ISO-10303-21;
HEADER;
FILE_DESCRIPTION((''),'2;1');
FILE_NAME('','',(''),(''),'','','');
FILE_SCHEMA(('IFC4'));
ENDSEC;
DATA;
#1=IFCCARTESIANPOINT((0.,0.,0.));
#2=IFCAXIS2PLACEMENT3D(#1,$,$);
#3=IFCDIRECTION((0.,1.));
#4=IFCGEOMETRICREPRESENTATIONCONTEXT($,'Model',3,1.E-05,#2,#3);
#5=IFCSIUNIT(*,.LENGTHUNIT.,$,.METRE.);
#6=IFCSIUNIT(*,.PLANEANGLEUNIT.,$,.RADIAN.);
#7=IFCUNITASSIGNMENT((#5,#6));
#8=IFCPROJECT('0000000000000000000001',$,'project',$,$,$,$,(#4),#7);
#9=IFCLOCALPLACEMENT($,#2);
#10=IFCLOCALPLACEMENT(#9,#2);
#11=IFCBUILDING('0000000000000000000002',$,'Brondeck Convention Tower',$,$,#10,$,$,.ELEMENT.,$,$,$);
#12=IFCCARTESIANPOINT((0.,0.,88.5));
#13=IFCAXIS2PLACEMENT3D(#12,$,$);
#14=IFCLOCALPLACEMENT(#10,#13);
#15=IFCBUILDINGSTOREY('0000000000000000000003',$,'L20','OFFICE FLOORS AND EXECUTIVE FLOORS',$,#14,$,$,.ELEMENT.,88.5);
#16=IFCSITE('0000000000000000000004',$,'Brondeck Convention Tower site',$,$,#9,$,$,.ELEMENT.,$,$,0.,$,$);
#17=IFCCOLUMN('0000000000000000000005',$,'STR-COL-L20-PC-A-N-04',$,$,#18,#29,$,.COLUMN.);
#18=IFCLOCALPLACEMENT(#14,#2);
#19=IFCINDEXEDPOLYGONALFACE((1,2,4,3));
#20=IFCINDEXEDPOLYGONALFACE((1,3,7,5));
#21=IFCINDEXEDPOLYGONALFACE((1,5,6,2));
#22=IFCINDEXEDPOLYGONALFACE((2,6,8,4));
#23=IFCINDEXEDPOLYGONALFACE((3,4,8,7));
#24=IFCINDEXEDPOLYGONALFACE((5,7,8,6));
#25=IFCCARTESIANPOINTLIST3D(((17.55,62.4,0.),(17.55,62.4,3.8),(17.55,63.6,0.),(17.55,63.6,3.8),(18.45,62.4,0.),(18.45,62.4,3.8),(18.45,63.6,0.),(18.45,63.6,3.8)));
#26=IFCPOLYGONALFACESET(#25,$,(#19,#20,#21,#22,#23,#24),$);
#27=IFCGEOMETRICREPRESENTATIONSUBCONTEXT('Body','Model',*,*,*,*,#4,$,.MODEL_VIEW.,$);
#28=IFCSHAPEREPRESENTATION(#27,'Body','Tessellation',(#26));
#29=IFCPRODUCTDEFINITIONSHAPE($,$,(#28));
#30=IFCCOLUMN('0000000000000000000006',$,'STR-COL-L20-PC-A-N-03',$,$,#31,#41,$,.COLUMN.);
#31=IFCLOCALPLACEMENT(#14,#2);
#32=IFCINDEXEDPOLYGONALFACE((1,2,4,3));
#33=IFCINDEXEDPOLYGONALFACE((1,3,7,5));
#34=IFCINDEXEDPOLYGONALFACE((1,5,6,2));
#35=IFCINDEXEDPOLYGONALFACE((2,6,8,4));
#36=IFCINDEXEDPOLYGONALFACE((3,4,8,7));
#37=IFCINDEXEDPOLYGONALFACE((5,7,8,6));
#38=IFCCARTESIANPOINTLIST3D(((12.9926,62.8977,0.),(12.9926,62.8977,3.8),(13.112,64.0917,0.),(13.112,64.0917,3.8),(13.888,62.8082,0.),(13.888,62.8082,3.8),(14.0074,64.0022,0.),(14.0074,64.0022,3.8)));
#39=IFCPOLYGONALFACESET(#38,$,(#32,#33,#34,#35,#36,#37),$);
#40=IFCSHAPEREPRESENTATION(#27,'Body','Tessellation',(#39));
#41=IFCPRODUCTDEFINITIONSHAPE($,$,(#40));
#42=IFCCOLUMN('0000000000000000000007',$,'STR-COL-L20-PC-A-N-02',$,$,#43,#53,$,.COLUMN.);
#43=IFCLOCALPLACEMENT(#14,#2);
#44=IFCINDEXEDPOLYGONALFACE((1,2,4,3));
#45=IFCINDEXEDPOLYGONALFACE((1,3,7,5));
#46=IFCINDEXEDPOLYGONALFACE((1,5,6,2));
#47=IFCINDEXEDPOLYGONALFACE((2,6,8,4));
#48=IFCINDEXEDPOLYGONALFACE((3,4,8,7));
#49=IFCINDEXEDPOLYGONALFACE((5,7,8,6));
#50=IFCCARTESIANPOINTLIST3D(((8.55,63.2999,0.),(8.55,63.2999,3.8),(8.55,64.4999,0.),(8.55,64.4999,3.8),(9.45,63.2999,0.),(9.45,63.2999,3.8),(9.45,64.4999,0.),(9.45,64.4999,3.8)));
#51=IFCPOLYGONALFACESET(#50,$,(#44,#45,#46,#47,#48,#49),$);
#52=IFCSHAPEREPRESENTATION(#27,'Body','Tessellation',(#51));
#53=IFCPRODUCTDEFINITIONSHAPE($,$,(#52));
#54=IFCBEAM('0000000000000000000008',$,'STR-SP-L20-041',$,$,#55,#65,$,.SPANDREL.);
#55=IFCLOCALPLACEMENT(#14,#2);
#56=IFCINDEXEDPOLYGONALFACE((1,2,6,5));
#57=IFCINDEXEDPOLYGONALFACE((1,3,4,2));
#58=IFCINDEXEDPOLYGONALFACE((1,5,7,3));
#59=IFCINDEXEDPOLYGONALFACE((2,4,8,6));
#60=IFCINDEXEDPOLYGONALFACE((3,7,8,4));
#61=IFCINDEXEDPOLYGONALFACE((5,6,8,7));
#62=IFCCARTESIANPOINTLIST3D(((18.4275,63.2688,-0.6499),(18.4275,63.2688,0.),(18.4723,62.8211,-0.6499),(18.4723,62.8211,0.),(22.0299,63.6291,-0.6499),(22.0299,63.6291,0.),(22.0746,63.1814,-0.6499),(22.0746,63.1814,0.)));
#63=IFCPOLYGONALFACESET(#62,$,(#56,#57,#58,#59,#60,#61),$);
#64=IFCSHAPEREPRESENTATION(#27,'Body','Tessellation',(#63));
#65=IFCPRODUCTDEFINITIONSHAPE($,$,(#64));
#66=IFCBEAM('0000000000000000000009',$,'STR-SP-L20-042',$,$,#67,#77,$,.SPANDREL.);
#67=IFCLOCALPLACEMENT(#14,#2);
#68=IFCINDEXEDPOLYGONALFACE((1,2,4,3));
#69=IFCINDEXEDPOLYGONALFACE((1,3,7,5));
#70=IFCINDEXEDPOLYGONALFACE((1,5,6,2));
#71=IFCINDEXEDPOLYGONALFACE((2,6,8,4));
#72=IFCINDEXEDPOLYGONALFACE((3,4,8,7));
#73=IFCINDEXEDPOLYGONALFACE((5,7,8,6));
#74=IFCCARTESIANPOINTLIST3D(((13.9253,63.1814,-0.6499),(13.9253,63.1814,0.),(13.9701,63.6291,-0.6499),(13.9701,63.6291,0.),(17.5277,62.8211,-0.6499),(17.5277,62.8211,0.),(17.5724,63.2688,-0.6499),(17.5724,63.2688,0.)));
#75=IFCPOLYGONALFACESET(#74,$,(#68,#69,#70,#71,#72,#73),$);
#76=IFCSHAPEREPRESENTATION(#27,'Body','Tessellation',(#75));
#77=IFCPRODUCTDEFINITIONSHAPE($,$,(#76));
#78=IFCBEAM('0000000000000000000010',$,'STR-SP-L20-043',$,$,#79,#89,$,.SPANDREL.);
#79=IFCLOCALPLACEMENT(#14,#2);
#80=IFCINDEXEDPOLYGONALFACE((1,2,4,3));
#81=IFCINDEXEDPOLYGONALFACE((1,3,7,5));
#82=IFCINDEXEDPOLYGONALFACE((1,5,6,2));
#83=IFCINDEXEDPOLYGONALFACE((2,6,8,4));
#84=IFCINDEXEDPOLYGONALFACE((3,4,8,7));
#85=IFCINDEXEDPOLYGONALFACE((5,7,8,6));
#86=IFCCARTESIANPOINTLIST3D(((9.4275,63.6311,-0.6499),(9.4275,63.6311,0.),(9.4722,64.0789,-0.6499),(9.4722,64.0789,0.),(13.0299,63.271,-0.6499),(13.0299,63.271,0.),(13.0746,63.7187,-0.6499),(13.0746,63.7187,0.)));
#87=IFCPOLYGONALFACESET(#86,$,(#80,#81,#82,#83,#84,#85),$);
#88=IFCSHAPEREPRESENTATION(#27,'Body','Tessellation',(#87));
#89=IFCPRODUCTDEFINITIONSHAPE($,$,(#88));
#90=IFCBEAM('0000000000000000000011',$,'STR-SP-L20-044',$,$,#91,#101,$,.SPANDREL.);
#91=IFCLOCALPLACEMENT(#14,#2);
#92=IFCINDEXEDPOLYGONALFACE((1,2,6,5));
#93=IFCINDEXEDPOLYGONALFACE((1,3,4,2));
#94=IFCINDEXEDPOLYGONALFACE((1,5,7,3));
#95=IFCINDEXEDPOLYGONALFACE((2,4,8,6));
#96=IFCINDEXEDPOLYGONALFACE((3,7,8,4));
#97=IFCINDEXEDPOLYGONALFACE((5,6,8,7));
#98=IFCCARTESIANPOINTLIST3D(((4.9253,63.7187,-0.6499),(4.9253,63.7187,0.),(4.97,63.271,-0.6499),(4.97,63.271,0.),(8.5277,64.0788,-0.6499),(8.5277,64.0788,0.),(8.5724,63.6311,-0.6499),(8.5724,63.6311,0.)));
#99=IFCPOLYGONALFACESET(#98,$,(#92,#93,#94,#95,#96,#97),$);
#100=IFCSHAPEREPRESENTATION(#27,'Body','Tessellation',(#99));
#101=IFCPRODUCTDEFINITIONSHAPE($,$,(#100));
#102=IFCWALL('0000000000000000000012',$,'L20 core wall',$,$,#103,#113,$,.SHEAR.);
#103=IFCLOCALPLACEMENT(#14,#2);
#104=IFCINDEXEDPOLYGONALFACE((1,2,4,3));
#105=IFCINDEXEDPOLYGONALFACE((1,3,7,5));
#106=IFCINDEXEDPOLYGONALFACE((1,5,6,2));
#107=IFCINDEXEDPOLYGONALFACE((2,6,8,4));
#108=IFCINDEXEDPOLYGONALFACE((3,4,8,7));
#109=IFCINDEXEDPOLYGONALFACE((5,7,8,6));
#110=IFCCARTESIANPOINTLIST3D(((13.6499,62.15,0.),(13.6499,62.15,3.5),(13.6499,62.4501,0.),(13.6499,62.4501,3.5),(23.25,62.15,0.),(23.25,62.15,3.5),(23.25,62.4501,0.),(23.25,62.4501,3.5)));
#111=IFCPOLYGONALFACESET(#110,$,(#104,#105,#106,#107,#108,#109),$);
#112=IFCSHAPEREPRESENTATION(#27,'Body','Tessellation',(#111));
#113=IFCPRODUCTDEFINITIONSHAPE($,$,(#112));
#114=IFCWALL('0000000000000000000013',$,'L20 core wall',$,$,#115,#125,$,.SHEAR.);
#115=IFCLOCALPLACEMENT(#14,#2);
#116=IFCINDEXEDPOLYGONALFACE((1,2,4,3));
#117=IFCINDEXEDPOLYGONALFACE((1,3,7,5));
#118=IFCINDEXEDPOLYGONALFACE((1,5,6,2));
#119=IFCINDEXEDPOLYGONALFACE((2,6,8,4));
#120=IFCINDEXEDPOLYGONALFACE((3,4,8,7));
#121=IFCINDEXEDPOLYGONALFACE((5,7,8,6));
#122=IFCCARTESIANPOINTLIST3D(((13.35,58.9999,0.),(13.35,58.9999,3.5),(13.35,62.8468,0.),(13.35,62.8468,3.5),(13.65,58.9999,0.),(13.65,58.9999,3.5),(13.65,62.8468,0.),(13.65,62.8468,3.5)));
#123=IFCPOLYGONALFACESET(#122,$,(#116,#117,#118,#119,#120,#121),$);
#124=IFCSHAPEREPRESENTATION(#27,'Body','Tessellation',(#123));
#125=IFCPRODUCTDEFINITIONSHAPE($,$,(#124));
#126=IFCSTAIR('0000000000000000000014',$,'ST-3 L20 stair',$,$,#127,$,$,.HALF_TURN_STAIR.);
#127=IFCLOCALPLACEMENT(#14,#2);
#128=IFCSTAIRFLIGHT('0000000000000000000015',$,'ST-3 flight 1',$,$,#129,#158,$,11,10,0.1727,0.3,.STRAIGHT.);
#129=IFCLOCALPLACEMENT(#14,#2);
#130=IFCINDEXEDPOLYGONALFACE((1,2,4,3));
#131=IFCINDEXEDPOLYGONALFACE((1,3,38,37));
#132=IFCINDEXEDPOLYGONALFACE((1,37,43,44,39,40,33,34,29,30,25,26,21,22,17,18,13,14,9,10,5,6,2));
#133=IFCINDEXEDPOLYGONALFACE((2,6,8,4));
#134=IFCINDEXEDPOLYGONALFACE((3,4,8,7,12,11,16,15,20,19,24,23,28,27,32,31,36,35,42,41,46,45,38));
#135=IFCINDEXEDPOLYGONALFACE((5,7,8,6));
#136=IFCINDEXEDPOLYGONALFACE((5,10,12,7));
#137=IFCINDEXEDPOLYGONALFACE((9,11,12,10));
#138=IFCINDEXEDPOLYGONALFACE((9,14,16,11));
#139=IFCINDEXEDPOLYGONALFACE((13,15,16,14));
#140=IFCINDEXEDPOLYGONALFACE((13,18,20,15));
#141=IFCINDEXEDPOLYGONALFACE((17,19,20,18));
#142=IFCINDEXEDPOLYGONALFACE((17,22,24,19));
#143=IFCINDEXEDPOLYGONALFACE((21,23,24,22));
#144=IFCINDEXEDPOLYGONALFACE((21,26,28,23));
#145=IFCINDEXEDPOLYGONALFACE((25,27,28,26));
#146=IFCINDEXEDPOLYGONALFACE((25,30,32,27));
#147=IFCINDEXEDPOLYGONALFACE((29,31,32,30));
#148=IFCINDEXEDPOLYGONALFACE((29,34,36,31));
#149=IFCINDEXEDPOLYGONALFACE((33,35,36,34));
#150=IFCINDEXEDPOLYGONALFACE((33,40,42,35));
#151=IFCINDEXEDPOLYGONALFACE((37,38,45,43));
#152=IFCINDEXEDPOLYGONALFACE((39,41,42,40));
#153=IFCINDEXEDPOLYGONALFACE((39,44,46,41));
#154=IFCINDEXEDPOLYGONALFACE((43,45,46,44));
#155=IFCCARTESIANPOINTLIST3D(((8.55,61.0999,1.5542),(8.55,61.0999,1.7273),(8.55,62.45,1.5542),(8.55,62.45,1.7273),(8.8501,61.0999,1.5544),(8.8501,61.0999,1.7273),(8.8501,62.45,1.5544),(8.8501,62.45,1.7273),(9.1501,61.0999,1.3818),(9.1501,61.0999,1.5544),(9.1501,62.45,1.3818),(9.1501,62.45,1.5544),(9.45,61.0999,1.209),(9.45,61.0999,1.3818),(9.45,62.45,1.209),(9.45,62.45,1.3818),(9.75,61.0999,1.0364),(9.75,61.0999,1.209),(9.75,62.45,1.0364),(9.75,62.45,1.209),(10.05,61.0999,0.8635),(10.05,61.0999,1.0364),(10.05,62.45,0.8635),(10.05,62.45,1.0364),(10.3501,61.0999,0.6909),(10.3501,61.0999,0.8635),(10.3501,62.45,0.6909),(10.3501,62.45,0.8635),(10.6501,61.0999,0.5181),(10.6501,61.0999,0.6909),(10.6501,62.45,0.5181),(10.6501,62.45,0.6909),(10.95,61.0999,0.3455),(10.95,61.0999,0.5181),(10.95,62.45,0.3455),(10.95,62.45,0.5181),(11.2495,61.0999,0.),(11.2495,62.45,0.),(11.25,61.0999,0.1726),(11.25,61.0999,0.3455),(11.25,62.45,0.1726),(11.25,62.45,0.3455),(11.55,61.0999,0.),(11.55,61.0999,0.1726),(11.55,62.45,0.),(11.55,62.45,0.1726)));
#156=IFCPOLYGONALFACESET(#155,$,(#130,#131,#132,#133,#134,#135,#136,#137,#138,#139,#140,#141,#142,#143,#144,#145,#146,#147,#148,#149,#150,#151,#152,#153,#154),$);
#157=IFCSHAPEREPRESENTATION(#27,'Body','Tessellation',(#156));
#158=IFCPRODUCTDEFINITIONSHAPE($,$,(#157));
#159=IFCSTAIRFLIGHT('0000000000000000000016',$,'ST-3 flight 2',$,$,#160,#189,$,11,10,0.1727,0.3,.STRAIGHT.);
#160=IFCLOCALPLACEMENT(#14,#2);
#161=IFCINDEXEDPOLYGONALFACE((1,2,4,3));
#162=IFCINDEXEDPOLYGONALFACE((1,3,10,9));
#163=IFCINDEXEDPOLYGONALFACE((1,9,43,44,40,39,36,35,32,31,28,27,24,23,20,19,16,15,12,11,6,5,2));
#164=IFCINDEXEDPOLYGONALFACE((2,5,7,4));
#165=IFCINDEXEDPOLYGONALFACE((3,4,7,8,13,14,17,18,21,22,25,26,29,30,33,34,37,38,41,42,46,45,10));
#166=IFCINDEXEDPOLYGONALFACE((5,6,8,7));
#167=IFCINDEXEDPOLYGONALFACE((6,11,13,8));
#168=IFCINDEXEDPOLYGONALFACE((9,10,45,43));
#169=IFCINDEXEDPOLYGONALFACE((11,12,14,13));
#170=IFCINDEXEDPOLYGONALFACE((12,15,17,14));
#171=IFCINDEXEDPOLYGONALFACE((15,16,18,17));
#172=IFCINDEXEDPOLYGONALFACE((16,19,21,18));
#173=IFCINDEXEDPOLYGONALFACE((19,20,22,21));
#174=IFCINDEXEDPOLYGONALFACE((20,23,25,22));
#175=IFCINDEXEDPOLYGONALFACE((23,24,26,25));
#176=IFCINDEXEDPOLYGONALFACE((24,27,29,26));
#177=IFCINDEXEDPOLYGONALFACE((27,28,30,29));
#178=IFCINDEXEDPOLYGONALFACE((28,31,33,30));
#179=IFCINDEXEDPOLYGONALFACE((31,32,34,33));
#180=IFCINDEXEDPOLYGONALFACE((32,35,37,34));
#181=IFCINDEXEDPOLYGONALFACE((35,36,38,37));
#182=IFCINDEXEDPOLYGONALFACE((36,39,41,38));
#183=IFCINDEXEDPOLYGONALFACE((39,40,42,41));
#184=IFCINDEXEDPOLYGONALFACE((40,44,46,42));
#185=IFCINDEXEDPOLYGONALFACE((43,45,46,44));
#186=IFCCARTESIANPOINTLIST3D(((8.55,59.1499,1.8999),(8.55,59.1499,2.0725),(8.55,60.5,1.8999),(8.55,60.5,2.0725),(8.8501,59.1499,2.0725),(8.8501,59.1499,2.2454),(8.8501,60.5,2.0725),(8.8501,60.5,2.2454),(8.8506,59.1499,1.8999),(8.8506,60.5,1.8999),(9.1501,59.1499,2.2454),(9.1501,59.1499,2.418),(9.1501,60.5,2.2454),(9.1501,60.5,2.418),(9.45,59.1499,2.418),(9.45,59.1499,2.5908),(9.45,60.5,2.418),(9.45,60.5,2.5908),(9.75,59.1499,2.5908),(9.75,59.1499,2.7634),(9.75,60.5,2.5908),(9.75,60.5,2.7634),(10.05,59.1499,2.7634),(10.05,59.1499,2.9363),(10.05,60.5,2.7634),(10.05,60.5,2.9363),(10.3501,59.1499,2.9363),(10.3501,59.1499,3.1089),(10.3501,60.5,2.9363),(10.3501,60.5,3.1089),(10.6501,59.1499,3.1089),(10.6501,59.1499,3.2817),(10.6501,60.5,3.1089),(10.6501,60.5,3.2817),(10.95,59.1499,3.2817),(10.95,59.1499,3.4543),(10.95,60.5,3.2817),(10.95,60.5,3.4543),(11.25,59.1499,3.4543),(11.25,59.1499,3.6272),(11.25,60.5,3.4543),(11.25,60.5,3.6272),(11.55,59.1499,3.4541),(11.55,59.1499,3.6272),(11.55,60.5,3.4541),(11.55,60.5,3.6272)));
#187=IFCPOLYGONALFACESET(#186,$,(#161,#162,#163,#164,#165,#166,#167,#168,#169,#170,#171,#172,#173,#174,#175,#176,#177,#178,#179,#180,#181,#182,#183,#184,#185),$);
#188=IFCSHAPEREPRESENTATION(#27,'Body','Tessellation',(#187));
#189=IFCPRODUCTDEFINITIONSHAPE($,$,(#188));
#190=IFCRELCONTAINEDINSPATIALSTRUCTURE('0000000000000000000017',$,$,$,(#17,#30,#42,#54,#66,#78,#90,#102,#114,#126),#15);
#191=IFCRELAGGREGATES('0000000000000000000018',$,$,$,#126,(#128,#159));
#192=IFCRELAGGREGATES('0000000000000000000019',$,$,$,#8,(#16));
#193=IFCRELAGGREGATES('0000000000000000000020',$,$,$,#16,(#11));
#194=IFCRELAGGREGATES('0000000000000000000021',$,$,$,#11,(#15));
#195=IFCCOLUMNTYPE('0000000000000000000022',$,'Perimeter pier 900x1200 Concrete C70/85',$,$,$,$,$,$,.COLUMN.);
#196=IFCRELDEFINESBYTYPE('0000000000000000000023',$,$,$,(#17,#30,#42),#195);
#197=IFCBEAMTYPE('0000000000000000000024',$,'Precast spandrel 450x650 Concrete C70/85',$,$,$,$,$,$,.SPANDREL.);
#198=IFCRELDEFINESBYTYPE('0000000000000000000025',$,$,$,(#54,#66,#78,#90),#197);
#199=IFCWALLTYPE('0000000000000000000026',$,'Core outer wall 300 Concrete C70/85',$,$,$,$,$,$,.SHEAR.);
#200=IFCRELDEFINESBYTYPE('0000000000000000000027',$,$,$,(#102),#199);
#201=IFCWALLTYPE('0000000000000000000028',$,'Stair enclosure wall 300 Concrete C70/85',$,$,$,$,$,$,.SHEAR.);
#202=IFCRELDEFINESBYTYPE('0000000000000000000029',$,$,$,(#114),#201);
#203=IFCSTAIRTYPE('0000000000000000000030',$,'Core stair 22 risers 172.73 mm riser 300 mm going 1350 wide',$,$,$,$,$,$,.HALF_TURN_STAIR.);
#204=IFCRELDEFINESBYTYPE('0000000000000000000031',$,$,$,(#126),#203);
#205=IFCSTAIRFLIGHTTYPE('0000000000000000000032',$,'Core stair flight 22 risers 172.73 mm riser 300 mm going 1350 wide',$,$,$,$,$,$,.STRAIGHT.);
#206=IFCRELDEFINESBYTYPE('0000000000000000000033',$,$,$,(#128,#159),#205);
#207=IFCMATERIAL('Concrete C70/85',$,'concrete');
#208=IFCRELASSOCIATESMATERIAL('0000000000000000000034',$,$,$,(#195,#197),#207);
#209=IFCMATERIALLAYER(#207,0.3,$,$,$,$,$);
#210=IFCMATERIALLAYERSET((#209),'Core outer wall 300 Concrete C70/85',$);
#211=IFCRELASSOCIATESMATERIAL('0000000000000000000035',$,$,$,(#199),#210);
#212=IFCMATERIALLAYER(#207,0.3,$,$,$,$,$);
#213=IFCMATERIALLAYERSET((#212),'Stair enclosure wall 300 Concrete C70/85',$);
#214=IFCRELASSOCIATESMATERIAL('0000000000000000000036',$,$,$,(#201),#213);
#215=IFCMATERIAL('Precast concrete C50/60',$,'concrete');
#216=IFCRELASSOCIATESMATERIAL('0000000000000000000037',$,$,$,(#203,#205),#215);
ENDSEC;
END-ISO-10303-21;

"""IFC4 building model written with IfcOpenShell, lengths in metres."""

from ifc_helpers import new_model, si_unit, direction, frame, frame_2d, origin, origin_2d, place, context, subcontext, project, spatial, polyline, rectangle, outline, extrude, material, layer, layer_set, material_profile, profile_set, type_object, element, aggregate, save


model = new_model("IFC4")

# Units and contexts
model_context = context("Model", 3, precision=1e-05, world=origin(), true_north=direction((0.0, 1.0)))
body_context = subcontext(model_context, "Body", "Model", "MODEL_VIEW")
ifc_project = project(units=[si_unit("LENGTHUNIT", "METRE"), si_unit("PLANEANGLEUNIT", "RADIAN")], contexts=[model_context])

# Site, building, storey
site_placement = place(None, origin())
site = spatial("IfcSite", under=ifc_project, at=site_placement, Name="Brondeck Convention Tower site", CompositionType="ELEMENT", RefElevation=0.0)
building_placement = place(site_placement, origin())
building = spatial("IfcBuilding", under=site, at=building_placement, Name="Brondeck Convention Tower", CompositionType="ELEMENT")
storey_placement = place(building_placement, frame((0.0, 0.0, 88.5)))
storey = spatial("IfcBuildingStorey", under=building, at=storey_placement, Name="L20", Description="OFFICE FLOORS AND EXECUTIVE FLOORS", CompositionType="ELEMENT", Elevation=88.5)

# Columns
ifc_material_1 = material(Name="Concrete C70/85", Category="concrete")
ifc_material_profile_1 = material_profile(ifc_material_1, rectangle(XDim=0.8999, YDim=1.2, at=origin_2d()), Name="Perimeter pier 900x1200 Concrete C70/85")
ifc_profile_set_1 = profile_set([ifc_material_profile_1], Name="Concrete C70/85")
column_type = type_object("IfcColumnType", Name="Perimeter pier 900x1200 Concrete C70/85", PredefinedType="COLUMN", material=ifc_profile_set_1)
for number, where, z_axis, x_axis, name in (
    (1, (18.0, 63.0, 0.0), (0.0, 0.0, 1.0), (-1.0, 0.0, 0.0), "STR-COL-L20-PC-A-N-04"),
    (2, (13.5, 63.45, 0.0), (0.0, 0.0, 1.0), (-0.995037, 0.099504, 0.0), "STR-COL-L20-PC-A-N-03"),
    (3, (9.0, 63.8999, 0.0), (0.0, 0.0, 1.0), (-1.0, 0.0, 0.0), "STR-COL-L20-PC-A-N-02"),
):
    element("IfcColumn", number, at=place(storey_placement, frame(where, z_axis=z_axis, x_axis=x_axis)), inside=storey, type_object=column_type, Name=name, PredefinedType="COLUMN", context=body_context, shape_type="SweptSolid", body=[
        extrude(rectangle(XDim=0.8999, YDim=1.2, at=origin_2d()), origin(), (0.0, 0.0, 1.0), 3.8),
    ])

# Beams
ifc_material_profile_2 = material_profile(ifc_material_1, rectangle(XDim=0.45, YDim=0.6499, at=origin_2d()), Name="Precast spandrel 450x650 Concrete C70/85")
ifc_profile_set_2 = profile_set([ifc_material_profile_2], Name="Concrete C70/85")
beam_type = type_object("IfcBeamType", Name="Precast spandrel 450x650 Concrete C70/85", PredefinedType="SPANDREL", material=ifc_profile_set_2)
for number, where, z_axis, x_axis, name in (
    (4, (22.0522, 63.4053, -0.325), (-0.995034, -0.099537, 0.0), (0.099537, -0.995034, 0.0), "STR-SP-L20-041"),
    (5, (17.55, 63.0449, -0.325), (-0.995034, 0.099537, 0.0), (-0.099537, -0.995034, 0.0), "STR-SP-L20-042"),
    (6, (13.0522, 63.4949, -0.325), (-0.995041, 0.09947, 0.0), (-0.09947, -0.995041, 0.0), "STR-SP-L20-043"),
    (7, (8.55, 63.855, -0.325), (-0.995041, -0.09947, 0.0), (0.09947, -0.995041, 0.0), "STR-SP-L20-044"),
):
    element("IfcBeam", number, at=place(storey_placement, frame(where, z_axis=z_axis, x_axis=x_axis)), inside=storey, type_object=beam_type, Name=name, PredefinedType="SPANDREL", context=body_context, shape_type="SweptSolid", body=[
        extrude(rectangle(XDim=0.45, YDim=0.6499, at=origin_2d()), origin(), (0.0, 0.0, 1.0), 3.6204),
    ])

# Walls
ifc_layer_1 = layer(ifc_material_1, 0.3)
ifc_layer_set_1 = layer_set([ifc_layer_1], Name="Core outer wall 300 Concrete C70/85")
wall_type_1 = type_object("IfcWallType", Name="Core outer wall 300 Concrete C70/85", PredefinedType="SHEAR", material=ifc_layer_set_1)
wall_1_placement = place(storey_placement, frame((13.6499, 62.3, 0.0), z_axis=(0.0, 0.0, 1.0), x_axis=(1.0, 0.0, 0.0)))
element("IfcWall", 8, at=wall_1_placement, inside=storey, type_object=wall_type_1, Name="L20 core wall", PredefinedType="SHEAR", context=body_context, shape_type="SweptSolid", body=[
    extrude(rectangle(XDim=9.6001, YDim=0.3, at=frame_2d((4.8, 0.0))), origin(), (0.0, 0.0, 1.0), 3.5),
])
ifc_layer_2 = layer(ifc_material_1, 0.3)
ifc_layer_set_2 = layer_set([ifc_layer_2], Name="Stair enclosure wall 300 Concrete C70/85")
wall_type_2 = type_object("IfcWallType", Name="Stair enclosure wall 300 Concrete C70/85", PredefinedType="SHEAR", material=ifc_layer_set_2)
wall_2_placement = place(storey_placement, frame((13.5, 59.0, 0.0), z_axis=(0.0, 0.0, 1.0), x_axis=(0.0, 1.0, 0.0)))
element("IfcWall", 9, at=wall_2_placement, inside=storey, type_object=wall_type_2, Name="L20 core wall", PredefinedType="SHEAR", context=body_context, shape_type="SweptSolid", body=[
    extrude(rectangle(XDim=3.8469, YDim=0.3, at=frame_2d((1.9233, 0.0))), origin(), (0.0, 0.0, 1.0), 3.5),
])

# Stair, stair flights
ifc_material_2 = material(Name="Precast concrete C50/60", Category="concrete")
stair_type = type_object("IfcStairType", Name="Core stair 22 risers 172.73 mm riser 300 mm going 1350 wide", PredefinedType="HALF_TURN_STAIR", material=ifc_material_2)
stair_placement = place(storey_placement, origin())
stair = element("IfcStair", 10, at=stair_placement, inside=storey, type_object=stair_type, Name="ST-3 L20 stair", PredefinedType="HALF_TURN_STAIR")
stair_flight_type = type_object("IfcStairFlightType", Name="Core stair flight 22 risers 172.73 mm riser 300 mm going 1350 wide", PredefinedType="STRAIGHT", material=ifc_material_2)
stair_flight_1_placement = place(storey_placement, frame((11.55, 61.7749, 0.0), z_axis=(0.0, 0.0, 1.0), x_axis=(-1.0, 0.0, 0.0)))
stair_flight_1 = element("IfcStairFlight", 11, at=stair_flight_1_placement, type_object=stair_flight_type, Name="ST-3 flight 1", NumberOfRisers=11, NumberOfTreads=10, PredefinedType="STRAIGHT", RiserHeight=0.1727, TreadLength=0.3, context=body_context, shape_type="SweptSolid", body=[
    extrude(outline(polyline([(0.0, 0.0), (0.0, 0.1726), (0.3, 0.1726), (0.3, 0.3455), (0.6001, 0.3455), (0.6001, 0.5181), (0.8999, 0.5181), (0.8999, 0.6909), (1.2, 0.6909), (1.2, 0.8635), (1.5, 0.8635), (1.5, 1.0364), (1.8, 1.0364), (1.8, 1.209), (2.1001, 1.209), (2.1001, 1.3818), (2.3999, 1.3818), (2.3999, 1.5544), (2.7, 1.5544), (2.7, 1.7273), (3.0, 1.7273), (3.0, 1.8999), (3.0, 1.5542), (0.3005, 0.0), (0.0, 0.0)])), frame((0.0, 0.675, 0.0), z_axis=(0.0, -1.0, 0.0), x_axis=(1.0, 0.0, 0.0)), (0.0, 0.0, 1.0), 1.3501),
])
stair_flight_2_placement = place(storey_placement, frame((8.55, 59.825, 1.8999), z_axis=(0.0, 0.0, 1.0), x_axis=(1.0, 0.0, 0.0)))
stair_flight_2 = element("IfcStairFlight", 12, at=stair_flight_2_placement, type_object=stair_flight_type, Name="ST-3 flight 2", NumberOfRisers=11, NumberOfTreads=10, PredefinedType="STRAIGHT", RiserHeight=0.1727, TreadLength=0.3, context=body_context, shape_type="SweptSolid", body=[
    extrude(outline(polyline([(0.0, 0.0), (0.0, 0.1726), (0.3, 0.1726), (0.3, 0.3455), (0.6001, 0.3455), (0.6001, 0.5181), (0.8999, 0.5181), (0.8999, 0.6909), (1.2, 0.6909), (1.2, 0.8635), (1.5, 0.8635), (1.5, 1.0364), (1.8, 1.0364), (1.8, 1.209), (2.1001, 1.209), (2.1001, 1.3818), (2.3999, 1.3818), (2.3999, 1.5544), (2.7, 1.5544), (2.7, 1.7273), (3.0, 1.7273), (3.0, 1.8999), (3.0, 1.5542), (0.3005, 0.0), (0.0, 0.0)])), frame((0.0, 0.675, 0.0), z_axis=(0.0, -1.0, 0.0), x_axis=(1.0, 0.0, 0.0)), (0.0, 0.0, 1.0), 1.3501),
])
aggregate(stair, [stair_flight_1, stair_flight_2])

save(model, "model.ifc")
